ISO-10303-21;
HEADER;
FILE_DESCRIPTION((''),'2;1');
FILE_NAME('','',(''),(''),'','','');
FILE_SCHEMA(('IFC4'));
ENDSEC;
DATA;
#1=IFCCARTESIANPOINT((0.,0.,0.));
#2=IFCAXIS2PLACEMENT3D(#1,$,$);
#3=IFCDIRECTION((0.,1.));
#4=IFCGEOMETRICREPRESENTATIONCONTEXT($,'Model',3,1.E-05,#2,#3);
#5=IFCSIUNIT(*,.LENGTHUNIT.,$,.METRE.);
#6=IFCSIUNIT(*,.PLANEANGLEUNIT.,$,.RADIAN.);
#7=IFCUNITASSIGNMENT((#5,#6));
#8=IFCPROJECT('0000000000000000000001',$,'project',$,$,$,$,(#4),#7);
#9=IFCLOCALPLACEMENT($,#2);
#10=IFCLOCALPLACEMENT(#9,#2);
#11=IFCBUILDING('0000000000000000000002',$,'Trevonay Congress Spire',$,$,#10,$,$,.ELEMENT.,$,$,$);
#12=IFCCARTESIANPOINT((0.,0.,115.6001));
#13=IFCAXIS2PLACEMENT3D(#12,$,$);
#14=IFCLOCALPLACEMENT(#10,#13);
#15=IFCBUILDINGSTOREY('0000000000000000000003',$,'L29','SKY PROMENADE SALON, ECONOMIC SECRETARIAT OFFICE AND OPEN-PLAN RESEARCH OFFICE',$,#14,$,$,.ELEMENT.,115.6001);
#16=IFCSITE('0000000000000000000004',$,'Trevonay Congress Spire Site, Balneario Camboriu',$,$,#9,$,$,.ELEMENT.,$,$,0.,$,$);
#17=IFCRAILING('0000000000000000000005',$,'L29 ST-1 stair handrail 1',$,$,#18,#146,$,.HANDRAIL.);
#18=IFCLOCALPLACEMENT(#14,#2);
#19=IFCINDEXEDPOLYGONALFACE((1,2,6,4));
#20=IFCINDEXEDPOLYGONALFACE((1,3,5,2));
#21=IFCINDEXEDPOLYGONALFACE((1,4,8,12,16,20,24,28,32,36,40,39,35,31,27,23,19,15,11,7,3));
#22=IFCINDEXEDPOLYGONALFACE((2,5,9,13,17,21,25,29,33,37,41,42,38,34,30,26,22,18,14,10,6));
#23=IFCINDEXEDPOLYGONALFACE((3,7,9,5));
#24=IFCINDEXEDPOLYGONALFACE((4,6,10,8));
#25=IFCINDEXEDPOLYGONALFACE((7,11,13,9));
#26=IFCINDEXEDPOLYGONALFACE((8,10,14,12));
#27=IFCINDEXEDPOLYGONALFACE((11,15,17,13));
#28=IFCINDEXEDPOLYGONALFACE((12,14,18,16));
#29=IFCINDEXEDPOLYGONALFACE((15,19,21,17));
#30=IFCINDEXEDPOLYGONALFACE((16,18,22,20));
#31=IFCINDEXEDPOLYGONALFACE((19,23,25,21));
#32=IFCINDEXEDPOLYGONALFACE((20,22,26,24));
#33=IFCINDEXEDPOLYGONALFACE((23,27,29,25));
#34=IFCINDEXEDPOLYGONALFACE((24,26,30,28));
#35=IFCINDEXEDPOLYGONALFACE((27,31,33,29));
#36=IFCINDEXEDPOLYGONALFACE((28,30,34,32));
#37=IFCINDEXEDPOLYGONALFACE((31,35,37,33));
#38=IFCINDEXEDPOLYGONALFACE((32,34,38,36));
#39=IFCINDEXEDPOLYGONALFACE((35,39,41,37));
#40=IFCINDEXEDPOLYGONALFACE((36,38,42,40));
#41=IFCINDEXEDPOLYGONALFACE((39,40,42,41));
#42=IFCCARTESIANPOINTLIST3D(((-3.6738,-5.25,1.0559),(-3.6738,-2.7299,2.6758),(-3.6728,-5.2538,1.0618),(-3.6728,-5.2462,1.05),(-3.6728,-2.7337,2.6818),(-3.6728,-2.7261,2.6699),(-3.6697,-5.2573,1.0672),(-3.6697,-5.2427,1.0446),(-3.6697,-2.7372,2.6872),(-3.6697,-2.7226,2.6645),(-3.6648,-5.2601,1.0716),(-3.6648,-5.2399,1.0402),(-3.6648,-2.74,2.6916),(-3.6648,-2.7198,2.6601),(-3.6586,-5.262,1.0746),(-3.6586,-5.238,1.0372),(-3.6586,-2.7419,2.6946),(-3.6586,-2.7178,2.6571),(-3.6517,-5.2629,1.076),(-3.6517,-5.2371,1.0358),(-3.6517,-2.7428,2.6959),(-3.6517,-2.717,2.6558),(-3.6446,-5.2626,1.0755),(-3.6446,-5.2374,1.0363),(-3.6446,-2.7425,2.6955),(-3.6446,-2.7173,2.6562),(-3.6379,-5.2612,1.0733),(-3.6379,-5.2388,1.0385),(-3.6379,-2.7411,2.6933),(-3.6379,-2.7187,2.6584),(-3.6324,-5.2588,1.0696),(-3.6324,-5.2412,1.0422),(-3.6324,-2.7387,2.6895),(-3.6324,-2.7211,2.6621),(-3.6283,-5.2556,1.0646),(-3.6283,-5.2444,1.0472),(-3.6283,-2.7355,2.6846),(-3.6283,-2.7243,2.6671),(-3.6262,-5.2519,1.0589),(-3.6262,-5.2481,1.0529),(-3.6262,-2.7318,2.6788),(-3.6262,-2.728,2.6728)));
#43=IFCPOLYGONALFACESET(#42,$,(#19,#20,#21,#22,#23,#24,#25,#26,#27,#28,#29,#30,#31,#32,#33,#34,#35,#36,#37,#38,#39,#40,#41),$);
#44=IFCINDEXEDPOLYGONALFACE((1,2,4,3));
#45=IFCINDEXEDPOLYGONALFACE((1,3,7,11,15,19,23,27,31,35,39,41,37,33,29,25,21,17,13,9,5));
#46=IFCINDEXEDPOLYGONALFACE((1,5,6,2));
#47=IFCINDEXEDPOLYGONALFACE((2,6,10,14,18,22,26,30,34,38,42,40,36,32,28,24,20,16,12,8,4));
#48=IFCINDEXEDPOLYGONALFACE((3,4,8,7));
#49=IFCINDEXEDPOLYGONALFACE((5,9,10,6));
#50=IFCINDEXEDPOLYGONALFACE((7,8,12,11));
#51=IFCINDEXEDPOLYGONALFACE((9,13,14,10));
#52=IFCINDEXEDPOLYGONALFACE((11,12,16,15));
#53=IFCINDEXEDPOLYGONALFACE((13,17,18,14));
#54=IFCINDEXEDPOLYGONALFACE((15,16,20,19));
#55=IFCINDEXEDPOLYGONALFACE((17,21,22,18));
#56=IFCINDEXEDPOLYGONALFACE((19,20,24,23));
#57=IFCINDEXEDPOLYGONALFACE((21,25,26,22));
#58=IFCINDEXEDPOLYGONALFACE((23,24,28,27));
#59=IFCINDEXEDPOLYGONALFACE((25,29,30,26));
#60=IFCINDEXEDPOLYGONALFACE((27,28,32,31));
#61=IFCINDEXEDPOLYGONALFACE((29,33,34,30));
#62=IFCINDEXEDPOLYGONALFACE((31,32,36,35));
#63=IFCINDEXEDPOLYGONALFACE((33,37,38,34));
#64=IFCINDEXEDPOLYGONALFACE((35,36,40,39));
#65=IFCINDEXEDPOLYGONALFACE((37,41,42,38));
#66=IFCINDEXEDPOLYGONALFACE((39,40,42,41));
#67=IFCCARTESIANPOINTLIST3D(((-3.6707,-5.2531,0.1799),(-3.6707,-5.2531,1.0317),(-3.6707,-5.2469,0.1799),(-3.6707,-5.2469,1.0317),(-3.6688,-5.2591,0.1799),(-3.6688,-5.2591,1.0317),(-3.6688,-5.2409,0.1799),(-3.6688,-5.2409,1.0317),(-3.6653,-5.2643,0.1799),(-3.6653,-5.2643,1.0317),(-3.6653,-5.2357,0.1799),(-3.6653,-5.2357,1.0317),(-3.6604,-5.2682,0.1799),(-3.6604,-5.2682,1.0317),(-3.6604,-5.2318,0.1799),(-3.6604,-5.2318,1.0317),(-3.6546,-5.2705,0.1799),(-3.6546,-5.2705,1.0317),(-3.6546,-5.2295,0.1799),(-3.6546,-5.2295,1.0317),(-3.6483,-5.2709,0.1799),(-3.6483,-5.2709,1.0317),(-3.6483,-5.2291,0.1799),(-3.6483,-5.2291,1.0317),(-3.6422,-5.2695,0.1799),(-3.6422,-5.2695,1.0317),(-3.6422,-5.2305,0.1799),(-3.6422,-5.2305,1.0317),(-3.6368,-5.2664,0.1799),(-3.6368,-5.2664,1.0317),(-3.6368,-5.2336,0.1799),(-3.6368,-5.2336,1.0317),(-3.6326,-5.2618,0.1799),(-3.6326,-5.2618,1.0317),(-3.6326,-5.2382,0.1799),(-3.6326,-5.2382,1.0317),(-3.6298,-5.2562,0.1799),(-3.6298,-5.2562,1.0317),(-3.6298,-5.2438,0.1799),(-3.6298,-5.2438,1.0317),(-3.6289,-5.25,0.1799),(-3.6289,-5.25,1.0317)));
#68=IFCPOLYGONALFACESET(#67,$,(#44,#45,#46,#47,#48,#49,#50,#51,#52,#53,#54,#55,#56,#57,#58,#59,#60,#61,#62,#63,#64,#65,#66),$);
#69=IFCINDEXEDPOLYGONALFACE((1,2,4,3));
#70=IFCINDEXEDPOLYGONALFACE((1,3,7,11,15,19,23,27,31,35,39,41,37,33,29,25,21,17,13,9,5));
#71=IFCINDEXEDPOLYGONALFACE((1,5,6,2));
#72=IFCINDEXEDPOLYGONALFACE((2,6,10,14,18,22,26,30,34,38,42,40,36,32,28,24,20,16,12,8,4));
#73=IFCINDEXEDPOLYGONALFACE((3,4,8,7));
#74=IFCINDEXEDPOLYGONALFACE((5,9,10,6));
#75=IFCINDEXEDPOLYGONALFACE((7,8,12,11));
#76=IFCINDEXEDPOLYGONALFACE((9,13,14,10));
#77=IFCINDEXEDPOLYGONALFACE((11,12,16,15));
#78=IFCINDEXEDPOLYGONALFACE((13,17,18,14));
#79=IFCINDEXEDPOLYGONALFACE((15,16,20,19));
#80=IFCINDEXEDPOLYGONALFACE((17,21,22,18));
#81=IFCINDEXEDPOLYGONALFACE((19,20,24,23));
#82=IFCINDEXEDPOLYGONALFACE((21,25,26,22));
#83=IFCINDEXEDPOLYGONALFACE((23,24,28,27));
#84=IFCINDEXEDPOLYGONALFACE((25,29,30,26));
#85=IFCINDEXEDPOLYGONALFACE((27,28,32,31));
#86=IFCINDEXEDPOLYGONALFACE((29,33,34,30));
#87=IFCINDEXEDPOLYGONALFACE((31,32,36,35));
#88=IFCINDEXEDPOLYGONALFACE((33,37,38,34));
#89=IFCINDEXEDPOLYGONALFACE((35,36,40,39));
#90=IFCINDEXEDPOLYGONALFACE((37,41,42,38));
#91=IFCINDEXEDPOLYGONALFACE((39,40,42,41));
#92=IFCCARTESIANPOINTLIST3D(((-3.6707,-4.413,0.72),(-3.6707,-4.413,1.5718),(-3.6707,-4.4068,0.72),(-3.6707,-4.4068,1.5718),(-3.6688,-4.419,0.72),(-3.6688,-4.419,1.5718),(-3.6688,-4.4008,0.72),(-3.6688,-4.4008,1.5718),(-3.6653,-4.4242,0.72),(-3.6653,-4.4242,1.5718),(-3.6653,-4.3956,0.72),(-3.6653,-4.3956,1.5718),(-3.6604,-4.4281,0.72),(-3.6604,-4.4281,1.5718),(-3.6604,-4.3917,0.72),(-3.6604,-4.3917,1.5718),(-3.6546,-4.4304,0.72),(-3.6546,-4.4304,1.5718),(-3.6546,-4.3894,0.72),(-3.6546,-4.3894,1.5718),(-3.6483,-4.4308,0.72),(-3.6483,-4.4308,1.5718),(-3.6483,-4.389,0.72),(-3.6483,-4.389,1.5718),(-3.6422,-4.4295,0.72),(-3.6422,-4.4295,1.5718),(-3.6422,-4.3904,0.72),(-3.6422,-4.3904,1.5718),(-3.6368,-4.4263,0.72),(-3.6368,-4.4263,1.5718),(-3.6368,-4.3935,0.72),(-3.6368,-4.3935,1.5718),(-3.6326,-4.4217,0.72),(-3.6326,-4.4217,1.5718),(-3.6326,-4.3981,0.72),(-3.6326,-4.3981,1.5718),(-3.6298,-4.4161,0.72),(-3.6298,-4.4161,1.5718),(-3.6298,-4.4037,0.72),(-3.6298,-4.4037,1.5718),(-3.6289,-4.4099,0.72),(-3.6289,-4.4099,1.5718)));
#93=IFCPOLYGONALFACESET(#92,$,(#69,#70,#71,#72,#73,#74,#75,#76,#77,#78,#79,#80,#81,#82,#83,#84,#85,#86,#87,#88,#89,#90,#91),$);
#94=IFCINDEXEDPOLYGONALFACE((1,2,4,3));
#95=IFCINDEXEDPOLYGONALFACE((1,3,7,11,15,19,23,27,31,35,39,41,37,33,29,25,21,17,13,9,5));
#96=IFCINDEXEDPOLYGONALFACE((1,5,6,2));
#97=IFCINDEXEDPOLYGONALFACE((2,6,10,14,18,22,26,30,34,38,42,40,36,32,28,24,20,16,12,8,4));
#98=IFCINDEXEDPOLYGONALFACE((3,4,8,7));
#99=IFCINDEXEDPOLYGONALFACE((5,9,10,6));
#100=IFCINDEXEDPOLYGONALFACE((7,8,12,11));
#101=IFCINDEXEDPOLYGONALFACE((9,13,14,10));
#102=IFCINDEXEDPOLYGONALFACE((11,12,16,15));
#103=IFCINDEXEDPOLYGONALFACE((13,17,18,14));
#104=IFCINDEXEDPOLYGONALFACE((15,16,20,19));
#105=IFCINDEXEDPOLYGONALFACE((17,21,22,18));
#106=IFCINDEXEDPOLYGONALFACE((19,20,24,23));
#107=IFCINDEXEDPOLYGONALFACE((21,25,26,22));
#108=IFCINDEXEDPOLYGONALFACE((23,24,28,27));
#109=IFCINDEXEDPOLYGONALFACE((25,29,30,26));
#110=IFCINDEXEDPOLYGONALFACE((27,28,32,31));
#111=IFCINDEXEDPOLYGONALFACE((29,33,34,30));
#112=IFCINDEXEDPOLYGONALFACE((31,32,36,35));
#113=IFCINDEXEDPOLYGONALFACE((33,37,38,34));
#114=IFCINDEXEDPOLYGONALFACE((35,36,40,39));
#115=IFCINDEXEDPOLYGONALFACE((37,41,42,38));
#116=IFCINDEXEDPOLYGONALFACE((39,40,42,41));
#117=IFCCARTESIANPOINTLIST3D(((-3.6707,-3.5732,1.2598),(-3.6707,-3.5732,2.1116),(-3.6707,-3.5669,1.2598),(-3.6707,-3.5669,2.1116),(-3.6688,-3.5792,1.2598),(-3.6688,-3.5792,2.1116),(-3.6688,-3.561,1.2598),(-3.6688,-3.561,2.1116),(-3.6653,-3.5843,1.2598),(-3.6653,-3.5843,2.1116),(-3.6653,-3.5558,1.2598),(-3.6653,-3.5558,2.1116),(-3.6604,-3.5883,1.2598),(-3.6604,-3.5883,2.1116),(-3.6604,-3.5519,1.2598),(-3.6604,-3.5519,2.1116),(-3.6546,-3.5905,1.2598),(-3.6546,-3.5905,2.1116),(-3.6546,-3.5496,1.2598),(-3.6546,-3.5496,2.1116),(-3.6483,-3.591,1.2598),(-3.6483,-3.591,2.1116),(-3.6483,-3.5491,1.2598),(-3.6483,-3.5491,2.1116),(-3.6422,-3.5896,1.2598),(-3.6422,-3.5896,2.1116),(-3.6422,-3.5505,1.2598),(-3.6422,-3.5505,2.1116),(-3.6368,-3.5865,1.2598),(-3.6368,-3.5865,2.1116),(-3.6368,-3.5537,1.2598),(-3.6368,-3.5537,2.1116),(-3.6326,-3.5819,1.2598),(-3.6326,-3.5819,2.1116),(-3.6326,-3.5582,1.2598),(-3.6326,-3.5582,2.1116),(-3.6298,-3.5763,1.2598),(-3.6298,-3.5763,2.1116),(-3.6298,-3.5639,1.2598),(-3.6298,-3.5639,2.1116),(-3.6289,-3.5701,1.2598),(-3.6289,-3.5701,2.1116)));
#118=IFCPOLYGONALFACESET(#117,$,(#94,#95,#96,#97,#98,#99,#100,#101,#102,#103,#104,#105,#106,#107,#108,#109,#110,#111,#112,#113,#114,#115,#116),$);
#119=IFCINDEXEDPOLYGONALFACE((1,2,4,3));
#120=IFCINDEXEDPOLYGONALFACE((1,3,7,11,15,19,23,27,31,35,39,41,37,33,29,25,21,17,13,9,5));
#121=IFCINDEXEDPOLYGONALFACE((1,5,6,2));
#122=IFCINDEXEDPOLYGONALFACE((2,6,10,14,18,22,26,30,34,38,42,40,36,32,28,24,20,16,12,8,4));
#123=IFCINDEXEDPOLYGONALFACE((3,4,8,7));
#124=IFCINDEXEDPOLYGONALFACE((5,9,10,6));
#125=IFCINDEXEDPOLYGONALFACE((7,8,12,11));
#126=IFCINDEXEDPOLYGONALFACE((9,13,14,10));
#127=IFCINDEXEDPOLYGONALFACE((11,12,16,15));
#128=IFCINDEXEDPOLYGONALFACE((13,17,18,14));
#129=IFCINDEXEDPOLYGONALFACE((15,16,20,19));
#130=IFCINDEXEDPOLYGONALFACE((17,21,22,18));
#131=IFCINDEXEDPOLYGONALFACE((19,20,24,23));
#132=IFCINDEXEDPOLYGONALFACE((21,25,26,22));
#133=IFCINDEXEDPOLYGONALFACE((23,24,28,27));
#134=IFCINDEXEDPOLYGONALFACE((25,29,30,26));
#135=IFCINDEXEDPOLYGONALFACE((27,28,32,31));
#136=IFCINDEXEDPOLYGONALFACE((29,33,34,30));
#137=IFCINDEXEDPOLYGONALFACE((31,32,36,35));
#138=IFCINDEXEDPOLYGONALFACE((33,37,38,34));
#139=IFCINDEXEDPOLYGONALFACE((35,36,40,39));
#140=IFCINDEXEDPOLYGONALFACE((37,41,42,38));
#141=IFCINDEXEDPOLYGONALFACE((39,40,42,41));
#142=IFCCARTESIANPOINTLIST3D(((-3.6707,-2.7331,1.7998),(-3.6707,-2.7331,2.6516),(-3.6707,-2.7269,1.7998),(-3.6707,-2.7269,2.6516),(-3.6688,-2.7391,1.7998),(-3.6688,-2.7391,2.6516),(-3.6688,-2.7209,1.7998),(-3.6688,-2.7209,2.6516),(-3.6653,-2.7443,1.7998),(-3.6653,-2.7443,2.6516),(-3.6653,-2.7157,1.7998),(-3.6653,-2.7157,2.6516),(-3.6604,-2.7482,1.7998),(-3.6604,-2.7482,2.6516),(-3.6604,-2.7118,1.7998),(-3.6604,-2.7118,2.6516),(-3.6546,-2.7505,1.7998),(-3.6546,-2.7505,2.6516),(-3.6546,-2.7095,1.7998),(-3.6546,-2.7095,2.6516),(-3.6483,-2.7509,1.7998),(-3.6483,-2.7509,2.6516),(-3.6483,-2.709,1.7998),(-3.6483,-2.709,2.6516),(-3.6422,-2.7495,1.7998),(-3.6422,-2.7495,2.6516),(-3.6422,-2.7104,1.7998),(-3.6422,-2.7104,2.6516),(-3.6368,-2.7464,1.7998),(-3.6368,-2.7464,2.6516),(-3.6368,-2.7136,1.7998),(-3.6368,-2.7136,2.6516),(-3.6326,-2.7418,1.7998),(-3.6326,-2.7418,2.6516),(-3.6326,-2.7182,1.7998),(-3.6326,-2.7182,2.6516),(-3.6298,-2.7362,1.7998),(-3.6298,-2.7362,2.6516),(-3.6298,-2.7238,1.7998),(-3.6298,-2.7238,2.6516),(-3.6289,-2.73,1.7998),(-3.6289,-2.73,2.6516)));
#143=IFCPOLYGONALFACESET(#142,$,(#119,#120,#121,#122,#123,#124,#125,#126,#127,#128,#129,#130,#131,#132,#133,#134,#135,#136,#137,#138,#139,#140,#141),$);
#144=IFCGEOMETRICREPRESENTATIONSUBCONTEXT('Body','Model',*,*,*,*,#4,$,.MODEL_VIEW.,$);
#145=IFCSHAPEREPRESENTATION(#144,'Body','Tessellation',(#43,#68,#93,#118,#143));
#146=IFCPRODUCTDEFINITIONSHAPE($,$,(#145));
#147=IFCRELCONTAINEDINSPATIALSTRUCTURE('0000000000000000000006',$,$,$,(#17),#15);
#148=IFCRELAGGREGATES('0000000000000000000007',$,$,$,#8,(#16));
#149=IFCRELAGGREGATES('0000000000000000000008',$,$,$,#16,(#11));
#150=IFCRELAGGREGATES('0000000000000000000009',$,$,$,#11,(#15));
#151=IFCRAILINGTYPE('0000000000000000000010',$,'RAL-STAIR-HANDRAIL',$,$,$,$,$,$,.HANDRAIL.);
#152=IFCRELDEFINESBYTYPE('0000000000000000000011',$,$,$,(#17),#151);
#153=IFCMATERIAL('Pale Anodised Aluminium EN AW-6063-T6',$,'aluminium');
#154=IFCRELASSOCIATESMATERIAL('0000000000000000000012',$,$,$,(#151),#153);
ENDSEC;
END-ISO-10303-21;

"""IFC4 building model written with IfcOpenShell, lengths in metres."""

from ifc_helpers import new_model, si_unit, direction, frame, origin, origin_2d, place, context, subcontext, project, spatial, circle, extrude, material, type_object, element, save


model = new_model("IFC4")

# Units and contexts
model_context = context("Model", 3, precision=1e-05, world=origin(), true_north=direction((0.0, 1.0)))
body_context = subcontext(model_context, "Body", "Model", "MODEL_VIEW")
ifc_project = project(units=[si_unit("LENGTHUNIT", "METRE"), si_unit("PLANEANGLEUNIT", "RADIAN")], contexts=[model_context])

# Site, building, storey
site_placement = place(None, origin())
site = spatial("IfcSite", under=ifc_project, at=site_placement, Name="Trevonay Congress Spire Site, Balneario Camboriu", CompositionType="ELEMENT", RefElevation=0.0)
building_placement = place(site_placement, origin())
building = spatial("IfcBuilding", under=site, at=building_placement, Name="Trevonay Congress Spire", CompositionType="ELEMENT")
storey_placement = place(building_placement, frame((0.0, 0.0, 115.6001)))
storey = spatial("IfcBuildingStorey", under=building, at=storey_placement, Name="L29", Description="SKY PROMENADE SALON, ECONOMIC SECRETARIAT OFFICE AND OPEN-PLAN RESEARCH OFFICE", CompositionType="ELEMENT", Elevation=115.6001)

# Railing
ifc_material_1 = material(Name="Pale Anodised Aluminium EN AW-6063-T6", Category="aluminium")
railing_type_1 = type_object("IfcRailingType", Name="RAL-STAIR-HANDRAIL", PredefinedType="HANDRAIL", material=ifc_material_1)
railing_1_placement = place(storey_placement, frame((-3.6499, -5.25, 0.1799)))
element("IfcRailing", 1, at=railing_1_placement, inside=storey, type_object=railing_type_1, Name="L29 ST-1 stair handrail 1", PredefinedType="HANDRAIL", context=body_context, shape_type="SweptSolid", body=[
    extrude(circle(Radius=0.0239, at=origin_2d()), frame((0.0, 0.0, 0.876), z_axis=(0.0, 0.8412, 0.540725), x_axis=(-1.0, 0.0, 0.0)), (0.0, 0.0, 1.0), 2.9958),
    extrude(circle(Radius=0.021, at=origin_2d()), origin(), (0.0, 0.0, 1.0), 0.8518),
    extrude(circle(Radius=0.021, at=origin_2d()), frame((0.0, 0.8401, 0.54)), (0.0, 0.0, 1.0), 0.8518),
    extrude(circle(Radius=0.021, at=origin_2d()), frame((0.0, 1.6799, 1.0798)), (0.0, 0.0, 1.0), 0.8518),
    extrude(circle(Radius=0.021, at=origin_2d()), frame((0.0, 2.52, 1.6199)), (0.0, 0.0, 1.0), 0.8518),
])

save(model, "model.ifc")
